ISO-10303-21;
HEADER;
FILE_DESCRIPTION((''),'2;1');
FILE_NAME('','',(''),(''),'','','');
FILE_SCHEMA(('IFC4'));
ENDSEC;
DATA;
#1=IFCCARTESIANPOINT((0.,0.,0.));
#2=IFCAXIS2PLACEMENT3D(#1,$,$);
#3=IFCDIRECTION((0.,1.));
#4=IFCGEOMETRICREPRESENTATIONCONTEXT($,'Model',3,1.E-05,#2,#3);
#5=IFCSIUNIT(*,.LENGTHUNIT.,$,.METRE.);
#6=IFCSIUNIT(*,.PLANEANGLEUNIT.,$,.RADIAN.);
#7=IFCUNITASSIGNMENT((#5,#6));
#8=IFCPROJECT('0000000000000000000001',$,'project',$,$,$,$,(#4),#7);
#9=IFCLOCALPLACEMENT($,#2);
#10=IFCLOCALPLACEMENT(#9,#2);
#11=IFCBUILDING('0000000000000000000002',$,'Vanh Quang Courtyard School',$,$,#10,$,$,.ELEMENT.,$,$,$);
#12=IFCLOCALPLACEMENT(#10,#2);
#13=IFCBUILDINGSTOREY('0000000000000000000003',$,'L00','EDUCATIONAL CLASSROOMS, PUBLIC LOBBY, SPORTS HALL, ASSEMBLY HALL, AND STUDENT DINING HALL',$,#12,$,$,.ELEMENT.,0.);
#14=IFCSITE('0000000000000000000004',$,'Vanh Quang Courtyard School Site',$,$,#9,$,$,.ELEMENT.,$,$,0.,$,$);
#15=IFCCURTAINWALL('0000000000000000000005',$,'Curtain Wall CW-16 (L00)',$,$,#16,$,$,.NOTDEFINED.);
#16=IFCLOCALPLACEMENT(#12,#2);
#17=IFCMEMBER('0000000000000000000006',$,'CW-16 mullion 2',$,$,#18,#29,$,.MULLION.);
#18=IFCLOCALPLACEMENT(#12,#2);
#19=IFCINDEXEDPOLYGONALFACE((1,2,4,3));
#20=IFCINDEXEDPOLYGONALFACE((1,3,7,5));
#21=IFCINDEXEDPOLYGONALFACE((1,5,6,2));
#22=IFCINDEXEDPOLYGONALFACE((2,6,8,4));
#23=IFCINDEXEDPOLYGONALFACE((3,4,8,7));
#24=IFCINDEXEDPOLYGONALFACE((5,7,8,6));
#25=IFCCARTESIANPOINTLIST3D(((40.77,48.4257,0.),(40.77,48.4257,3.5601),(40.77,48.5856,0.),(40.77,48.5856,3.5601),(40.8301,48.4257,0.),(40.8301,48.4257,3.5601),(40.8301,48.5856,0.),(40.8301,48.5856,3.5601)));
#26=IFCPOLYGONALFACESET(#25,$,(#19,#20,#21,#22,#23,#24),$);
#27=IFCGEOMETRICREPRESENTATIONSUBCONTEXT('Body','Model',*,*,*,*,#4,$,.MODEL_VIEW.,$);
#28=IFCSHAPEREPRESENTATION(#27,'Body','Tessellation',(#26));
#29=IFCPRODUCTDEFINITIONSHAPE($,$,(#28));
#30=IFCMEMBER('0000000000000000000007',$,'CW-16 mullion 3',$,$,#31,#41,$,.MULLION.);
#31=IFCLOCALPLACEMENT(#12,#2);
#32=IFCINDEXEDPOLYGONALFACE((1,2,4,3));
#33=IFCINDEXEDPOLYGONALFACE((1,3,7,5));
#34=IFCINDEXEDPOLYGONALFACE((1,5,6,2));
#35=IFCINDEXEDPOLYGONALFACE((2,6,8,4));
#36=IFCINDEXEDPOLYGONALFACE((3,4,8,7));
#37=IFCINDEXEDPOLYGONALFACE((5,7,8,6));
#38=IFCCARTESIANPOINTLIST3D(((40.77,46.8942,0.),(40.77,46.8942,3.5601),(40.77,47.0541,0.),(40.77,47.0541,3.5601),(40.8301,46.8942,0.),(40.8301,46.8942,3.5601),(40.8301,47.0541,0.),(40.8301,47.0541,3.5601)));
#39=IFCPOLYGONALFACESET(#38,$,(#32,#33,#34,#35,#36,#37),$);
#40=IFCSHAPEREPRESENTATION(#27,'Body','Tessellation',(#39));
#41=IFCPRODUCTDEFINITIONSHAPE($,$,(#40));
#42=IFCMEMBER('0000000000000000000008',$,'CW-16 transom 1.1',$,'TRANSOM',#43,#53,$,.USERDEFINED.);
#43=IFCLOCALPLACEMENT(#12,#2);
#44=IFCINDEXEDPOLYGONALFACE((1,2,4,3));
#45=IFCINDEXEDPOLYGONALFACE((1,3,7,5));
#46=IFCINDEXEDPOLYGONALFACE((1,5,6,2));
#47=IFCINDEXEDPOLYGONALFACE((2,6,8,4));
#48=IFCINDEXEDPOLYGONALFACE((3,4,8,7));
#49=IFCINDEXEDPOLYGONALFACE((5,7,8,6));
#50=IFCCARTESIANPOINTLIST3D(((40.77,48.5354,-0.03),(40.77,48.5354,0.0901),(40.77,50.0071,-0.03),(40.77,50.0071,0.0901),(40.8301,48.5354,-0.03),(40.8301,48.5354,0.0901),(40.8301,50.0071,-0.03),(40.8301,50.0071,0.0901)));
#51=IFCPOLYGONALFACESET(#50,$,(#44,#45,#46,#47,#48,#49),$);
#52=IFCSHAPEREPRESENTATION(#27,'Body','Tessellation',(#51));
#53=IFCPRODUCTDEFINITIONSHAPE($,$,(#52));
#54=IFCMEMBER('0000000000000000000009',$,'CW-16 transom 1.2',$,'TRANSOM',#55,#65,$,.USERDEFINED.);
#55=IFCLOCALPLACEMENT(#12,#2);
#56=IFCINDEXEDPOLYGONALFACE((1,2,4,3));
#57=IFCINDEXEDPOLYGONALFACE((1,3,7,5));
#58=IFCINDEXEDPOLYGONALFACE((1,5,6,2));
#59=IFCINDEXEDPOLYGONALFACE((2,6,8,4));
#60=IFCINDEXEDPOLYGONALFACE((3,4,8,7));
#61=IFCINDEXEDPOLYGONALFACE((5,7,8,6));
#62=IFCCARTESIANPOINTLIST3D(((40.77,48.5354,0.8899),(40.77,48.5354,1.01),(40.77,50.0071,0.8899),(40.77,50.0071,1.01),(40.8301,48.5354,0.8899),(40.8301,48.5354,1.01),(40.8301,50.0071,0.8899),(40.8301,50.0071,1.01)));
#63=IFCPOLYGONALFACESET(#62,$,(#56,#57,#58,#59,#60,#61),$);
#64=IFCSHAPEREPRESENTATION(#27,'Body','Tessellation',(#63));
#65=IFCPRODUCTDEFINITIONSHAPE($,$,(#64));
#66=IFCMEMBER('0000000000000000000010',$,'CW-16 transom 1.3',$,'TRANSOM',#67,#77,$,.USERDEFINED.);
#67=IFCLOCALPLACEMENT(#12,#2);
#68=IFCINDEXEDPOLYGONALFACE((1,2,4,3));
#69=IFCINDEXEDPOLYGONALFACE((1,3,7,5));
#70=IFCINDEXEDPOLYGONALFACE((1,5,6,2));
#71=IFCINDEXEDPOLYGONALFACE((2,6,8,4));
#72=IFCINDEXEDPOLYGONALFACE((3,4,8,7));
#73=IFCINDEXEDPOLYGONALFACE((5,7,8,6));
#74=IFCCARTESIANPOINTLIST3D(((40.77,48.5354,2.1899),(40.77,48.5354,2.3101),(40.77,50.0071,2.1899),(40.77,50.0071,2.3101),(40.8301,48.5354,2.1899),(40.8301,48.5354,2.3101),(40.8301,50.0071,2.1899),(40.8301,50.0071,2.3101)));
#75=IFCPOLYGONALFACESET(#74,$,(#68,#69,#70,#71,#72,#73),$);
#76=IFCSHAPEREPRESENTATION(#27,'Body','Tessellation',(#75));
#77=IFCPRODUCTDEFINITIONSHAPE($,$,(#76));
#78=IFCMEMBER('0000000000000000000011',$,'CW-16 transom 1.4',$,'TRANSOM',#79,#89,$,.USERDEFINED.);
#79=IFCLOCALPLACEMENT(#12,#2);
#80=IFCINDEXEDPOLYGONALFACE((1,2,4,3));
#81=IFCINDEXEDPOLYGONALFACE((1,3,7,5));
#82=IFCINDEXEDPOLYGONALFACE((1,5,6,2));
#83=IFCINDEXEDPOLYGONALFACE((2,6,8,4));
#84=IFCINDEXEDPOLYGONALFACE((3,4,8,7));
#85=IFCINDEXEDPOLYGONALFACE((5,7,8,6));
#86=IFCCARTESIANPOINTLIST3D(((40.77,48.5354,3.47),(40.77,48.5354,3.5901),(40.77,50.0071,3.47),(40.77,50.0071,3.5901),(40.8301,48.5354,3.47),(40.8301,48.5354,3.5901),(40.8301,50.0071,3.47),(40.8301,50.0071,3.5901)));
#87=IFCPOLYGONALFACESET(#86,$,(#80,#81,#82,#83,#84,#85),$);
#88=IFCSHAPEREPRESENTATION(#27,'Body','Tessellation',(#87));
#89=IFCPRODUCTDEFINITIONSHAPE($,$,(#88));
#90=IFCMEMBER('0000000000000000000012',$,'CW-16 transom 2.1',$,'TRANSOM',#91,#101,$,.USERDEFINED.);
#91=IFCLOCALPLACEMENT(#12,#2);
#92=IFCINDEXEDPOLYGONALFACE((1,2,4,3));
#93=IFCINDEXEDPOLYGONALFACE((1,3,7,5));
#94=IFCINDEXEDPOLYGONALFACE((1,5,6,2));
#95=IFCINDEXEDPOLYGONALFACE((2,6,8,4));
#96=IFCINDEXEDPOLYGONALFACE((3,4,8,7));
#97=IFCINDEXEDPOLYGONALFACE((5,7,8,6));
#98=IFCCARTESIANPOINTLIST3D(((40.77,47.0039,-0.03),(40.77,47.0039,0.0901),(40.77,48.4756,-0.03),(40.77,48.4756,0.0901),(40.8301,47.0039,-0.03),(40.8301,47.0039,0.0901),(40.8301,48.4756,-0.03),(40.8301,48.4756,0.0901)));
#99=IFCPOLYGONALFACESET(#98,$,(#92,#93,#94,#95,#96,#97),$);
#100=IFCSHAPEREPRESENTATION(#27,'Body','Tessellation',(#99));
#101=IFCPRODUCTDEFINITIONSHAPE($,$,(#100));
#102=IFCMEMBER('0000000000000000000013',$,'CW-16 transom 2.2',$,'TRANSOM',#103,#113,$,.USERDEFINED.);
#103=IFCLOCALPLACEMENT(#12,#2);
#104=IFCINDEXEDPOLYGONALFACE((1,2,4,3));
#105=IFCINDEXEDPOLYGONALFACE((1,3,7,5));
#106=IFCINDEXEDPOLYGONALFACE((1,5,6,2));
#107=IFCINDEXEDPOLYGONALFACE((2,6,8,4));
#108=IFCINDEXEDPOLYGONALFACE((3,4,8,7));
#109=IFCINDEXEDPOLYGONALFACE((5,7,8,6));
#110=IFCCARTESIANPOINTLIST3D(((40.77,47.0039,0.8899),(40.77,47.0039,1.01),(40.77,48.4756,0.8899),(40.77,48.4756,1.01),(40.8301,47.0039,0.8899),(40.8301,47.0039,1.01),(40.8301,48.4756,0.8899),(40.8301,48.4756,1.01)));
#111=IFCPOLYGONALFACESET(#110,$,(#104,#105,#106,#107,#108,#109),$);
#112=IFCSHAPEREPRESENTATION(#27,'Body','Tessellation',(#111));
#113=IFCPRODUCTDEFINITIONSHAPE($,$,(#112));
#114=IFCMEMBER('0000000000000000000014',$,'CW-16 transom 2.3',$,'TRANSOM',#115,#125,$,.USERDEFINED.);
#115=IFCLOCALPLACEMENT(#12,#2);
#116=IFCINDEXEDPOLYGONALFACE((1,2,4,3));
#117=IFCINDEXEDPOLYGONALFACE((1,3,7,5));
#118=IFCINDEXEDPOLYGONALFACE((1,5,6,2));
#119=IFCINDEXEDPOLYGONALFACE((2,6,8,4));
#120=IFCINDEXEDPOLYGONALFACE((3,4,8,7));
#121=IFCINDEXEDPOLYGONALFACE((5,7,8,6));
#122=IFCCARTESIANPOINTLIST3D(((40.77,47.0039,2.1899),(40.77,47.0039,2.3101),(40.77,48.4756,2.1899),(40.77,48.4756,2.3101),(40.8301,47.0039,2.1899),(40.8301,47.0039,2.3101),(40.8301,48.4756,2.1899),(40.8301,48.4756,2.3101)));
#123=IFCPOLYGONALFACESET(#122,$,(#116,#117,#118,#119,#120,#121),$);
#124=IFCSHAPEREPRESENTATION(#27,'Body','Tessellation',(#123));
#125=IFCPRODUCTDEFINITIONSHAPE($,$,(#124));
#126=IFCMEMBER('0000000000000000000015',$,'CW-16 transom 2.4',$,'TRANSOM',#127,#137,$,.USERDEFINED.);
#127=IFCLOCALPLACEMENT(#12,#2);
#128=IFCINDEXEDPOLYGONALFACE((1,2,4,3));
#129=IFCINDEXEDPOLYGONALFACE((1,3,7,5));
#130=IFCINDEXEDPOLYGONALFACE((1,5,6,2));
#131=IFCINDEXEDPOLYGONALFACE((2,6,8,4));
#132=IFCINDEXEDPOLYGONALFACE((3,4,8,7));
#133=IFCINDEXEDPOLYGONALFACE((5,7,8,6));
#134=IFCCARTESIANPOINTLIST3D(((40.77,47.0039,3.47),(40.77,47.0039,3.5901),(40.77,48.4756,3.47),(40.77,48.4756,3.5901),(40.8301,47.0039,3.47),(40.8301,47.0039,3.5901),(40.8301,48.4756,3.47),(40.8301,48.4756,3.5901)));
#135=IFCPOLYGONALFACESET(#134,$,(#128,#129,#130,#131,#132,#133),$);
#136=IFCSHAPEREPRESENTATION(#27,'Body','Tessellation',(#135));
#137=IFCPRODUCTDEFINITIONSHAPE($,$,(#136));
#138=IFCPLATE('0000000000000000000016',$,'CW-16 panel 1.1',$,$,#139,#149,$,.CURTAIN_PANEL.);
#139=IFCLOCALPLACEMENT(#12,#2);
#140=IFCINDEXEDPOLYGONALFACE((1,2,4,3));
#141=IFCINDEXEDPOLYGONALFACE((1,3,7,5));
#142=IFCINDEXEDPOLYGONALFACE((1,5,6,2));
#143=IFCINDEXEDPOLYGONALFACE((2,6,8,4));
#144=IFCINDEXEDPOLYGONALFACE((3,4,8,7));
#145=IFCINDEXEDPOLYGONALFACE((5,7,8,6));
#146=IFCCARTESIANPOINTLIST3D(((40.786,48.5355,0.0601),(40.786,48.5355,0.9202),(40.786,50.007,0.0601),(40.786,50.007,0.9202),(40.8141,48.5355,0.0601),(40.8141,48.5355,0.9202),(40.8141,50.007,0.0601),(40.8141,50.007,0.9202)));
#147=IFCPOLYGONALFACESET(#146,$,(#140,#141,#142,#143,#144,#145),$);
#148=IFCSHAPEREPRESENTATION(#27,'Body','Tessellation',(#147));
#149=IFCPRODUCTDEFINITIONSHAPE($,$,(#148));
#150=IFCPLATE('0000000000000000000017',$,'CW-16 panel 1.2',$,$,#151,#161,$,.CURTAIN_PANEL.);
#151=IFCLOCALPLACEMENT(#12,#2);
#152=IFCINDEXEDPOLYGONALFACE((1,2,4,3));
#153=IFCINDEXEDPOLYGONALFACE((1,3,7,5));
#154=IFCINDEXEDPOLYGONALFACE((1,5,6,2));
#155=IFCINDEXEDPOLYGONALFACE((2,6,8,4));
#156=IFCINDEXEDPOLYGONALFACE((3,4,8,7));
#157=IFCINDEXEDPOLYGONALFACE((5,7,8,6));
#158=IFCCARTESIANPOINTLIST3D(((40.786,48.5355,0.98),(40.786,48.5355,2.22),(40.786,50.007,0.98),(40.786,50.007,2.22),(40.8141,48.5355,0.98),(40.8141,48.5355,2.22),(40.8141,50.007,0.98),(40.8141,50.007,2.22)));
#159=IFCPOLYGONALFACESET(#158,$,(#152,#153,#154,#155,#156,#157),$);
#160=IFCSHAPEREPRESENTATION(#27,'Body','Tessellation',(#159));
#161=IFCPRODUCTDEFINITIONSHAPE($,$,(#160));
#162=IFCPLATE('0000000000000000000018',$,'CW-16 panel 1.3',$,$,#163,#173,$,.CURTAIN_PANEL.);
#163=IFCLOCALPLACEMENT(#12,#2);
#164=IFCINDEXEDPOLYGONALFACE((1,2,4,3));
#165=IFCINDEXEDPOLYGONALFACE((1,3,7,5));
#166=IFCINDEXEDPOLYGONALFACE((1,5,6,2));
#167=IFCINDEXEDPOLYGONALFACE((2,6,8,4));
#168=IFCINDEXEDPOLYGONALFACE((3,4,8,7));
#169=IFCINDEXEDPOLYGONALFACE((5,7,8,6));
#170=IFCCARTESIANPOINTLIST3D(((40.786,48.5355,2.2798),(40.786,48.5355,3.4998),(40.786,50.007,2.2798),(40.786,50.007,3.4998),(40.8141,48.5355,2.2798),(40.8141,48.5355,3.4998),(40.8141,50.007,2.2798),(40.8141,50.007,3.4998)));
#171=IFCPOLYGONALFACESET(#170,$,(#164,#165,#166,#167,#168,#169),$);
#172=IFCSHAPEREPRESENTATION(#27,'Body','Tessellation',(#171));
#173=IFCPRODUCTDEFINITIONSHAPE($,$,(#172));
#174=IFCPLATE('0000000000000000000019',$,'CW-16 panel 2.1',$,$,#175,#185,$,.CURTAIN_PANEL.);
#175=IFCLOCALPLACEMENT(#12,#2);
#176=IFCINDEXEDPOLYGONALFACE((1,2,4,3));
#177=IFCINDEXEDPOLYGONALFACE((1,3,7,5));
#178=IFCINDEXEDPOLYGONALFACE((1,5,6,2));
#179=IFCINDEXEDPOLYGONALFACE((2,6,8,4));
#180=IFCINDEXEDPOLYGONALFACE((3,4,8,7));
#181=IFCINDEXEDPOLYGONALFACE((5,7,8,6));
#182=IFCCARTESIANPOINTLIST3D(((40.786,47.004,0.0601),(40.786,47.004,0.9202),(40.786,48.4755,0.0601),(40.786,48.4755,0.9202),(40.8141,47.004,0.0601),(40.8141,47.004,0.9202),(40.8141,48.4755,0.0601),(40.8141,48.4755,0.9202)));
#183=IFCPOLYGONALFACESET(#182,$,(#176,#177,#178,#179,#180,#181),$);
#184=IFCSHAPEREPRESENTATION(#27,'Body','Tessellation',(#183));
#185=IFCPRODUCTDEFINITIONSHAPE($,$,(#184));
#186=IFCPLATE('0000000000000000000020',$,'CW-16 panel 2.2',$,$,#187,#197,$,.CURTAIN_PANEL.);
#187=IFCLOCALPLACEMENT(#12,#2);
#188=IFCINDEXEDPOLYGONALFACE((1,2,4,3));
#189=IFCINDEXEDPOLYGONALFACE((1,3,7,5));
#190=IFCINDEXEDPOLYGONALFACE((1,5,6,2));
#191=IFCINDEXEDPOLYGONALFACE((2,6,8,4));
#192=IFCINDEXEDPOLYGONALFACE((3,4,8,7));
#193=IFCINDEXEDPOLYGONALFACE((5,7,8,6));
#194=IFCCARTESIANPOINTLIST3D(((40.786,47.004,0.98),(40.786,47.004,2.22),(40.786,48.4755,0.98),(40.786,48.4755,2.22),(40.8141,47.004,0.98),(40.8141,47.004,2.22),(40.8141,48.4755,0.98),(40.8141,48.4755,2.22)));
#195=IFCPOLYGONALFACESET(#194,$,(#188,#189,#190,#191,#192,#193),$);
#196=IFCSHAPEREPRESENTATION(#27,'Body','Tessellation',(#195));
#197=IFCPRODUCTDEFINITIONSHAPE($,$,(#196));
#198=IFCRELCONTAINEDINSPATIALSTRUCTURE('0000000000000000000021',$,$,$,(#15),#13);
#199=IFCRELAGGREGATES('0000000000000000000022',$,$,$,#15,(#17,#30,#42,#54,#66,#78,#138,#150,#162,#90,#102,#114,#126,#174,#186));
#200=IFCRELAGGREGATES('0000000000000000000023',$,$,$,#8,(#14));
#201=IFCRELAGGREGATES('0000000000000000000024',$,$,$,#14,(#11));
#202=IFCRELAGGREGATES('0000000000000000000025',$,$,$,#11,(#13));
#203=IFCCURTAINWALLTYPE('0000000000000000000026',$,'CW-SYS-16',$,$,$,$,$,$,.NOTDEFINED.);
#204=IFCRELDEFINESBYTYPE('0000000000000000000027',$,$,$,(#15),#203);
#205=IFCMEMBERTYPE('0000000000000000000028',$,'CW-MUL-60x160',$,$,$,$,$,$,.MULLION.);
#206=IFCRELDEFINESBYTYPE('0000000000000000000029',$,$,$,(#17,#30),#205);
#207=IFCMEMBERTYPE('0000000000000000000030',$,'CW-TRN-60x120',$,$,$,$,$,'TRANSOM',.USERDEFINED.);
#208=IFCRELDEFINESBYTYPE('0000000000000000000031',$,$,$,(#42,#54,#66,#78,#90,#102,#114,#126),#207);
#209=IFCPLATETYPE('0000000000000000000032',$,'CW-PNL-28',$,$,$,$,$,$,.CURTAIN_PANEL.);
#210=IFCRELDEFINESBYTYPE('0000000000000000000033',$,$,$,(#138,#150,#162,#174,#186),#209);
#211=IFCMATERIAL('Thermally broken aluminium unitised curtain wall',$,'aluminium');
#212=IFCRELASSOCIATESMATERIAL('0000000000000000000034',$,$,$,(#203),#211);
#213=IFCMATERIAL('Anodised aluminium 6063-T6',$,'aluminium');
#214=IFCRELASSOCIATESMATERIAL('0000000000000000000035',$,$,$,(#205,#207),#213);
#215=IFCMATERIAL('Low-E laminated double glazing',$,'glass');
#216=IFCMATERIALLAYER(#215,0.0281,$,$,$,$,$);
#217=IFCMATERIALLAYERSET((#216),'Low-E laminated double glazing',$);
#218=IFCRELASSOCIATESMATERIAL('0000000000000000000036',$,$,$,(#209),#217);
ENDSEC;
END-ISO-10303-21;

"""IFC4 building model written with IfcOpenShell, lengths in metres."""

from ifc_helpers import new_model, si_unit, direction, frame, origin, origin_2d, place, context, subcontext, project, spatial, rectangle, extrude, material, layer, layer_set, material_profile, profile_set, type_object, element, aggregate, save


model = new_model("IFC4")

# Units and contexts
model_context = context("Model", 3, precision=1e-05, world=origin(), true_north=direction((0.0, 1.0)))
body_context = subcontext(model_context, "Body", "Model", "MODEL_VIEW")
ifc_project = project(units=[si_unit("LENGTHUNIT", "METRE"), si_unit("PLANEANGLEUNIT", "RADIAN")], contexts=[model_context])

# Site, building, storey
site_placement = place(None, origin())
site = spatial("IfcSite", under=ifc_project, at=site_placement, Name="Vanh Quang Courtyard School Site", CompositionType="ELEMENT", RefElevation=0.0)
building_placement = place(site_placement, origin())
building = spatial("IfcBuilding", under=site, at=building_placement, Name="Vanh Quang Courtyard School", CompositionType="ELEMENT")
storey_placement = place(building_placement, origin())
storey = spatial("IfcBuildingStorey", under=building, at=storey_placement, Name="L00", Description="EDUCATIONAL CLASSROOMS, PUBLIC LOBBY, SPORTS HALL, ASSEMBLY HALL, AND STUDENT DINING HALL", CompositionType="ELEMENT", Elevation=0.0)

# Curtain wall, members, plates
ifc_material_1 = material(Name="Thermally broken aluminium unitised curtain wall", Category="aluminium")
curtain_wall_type = type_object("IfcCurtainWallType", Name="CW-SYS-16", PredefinedType="NOTDEFINED", material=ifc_material_1)
curtain_wall_placement = place(storey_placement, origin())
curtain_wall = element("IfcCurtainWall", 1, at=curtain_wall_placement, inside=storey, type_object=curtain_wall_type, Name="Curtain Wall CW-16 (L00)", PredefinedType="NOTDEFINED")
ifc_material_2 = material(Name="Anodised aluminium 6063-T6", Category="aluminium")
ifc_material_profile_1 = material_profile(ifc_material_2, rectangle(XDim=0.0601, YDim=0.1599, at=origin_2d()), Name="ALU-MUL 60x160")
ifc_profile_set_1 = profile_set([ifc_material_profile_1], Name="Anodised aluminium 6063-T6")
member_type_1 = type_object("IfcMemberType", Name="CW-MUL-60x160", PredefinedType="MULLION", material=ifc_profile_set_1)
member_1_placement = place(storey_placement, frame((40.8, 48.5056, 0.0), z_axis=(0.0, 0.0, 1.0), x_axis=(1.0, 0.0, 0.0)))
member_1 = element("IfcMember", 2, at=member_1_placement, type_object=member_type_1, Name="CW-16 mullion 2", PredefinedType="MULLION", context=body_context, shape_type="SweptSolid", body=[
    extrude(rectangle(XDim=0.0601, YDim=0.1599, at=origin_2d()), origin(), (0.0, 0.0, 1.0), 3.5601),
])
member_2_placement = place(storey_placement, frame((40.8, 46.9741, 0.0), z_axis=(0.0, 0.0, 1.0), x_axis=(1.0, 0.0, 0.0)))
member_2 = element("IfcMember", 3, at=member_2_placement, type_object=member_type_1, Name="CW-16 mullion 3", PredefinedType="MULLION", context=body_context, shape_type="SweptSolid", body=[
    extrude(rectangle(XDim=0.0601, YDim=0.1599, at=origin_2d()), origin(), (0.0, 0.0, 1.0), 3.5601),
])
ifc_material_profile_2 = material_profile(ifc_material_2, rectangle(XDim=0.0601, YDim=0.1201, at=origin_2d()), Name="ALU-TRN 60x120")
ifc_profile_set_2 = profile_set([ifc_material_profile_2], Name="Anodised aluminium 6063-T6")
member_type_2 = type_object("IfcMemberType", Name="CW-TRN-60x120", ElementType="TRANSOM", PredefinedType="USERDEFINED", material=ifc_profile_set_2)
member_3_placement = place(storey_placement, frame((40.8, 50.0071, 0.03), z_axis=(0.0, -1.0, 0.0), x_axis=(1.0, 0.0, 0.0)))
member_3 = element("IfcMember", 4, at=member_3_placement, type_object=member_type_2, Name="CW-16 transom 1.1", ObjectType="TRANSOM", PredefinedType="USERDEFINED", context=body_context, shape_type="SweptSolid", body=[
    extrude(rectangle(XDim=0.0601, YDim=0.1201, at=origin_2d()), origin(), (0.0, 0.0, 1.0), 1.4717),
])
member_4_placement = place(storey_placement, frame((40.8, 50.0071, 0.95), z_axis=(0.0, -1.0, 0.0), x_axis=(1.0, 0.0, 0.0)))
member_4 = element("IfcMember", 5, at=member_4_placement, type_object=member_type_2, Name="CW-16 transom 1.2", ObjectType="TRANSOM", PredefinedType="USERDEFINED", context=body_context, shape_type="SweptSolid", body=[
    extrude(rectangle(XDim=0.0601, YDim=0.1201, at=origin_2d()), origin(), (0.0, 0.0, 1.0), 1.4717),
])
member_5_placement = place(storey_placement, frame((40.8, 50.0071, 2.25), z_axis=(0.0, -1.0, 0.0), x_axis=(1.0, 0.0, 0.0)))
member_5 = element("IfcMember", 6, at=member_5_placement, type_object=member_type_2, Name="CW-16 transom 1.3", ObjectType="TRANSOM", PredefinedType="USERDEFINED", context=body_context, shape_type="SweptSolid", body=[
    extrude(rectangle(XDim=0.0601, YDim=0.1201, at=origin_2d()), origin(), (0.0, 0.0, 1.0), 1.4717),
])
member_6_placement = place(storey_placement, frame((40.8, 50.0071, 3.53), z_axis=(0.0, -1.0, 0.0), x_axis=(1.0, 0.0, 0.0)))
member_6 = element("IfcMember", 7, at=member_6_placement, type_object=member_type_2, Name="CW-16 transom 1.4", ObjectType="TRANSOM", PredefinedType="USERDEFINED", context=body_context, shape_type="SweptSolid", body=[
    extrude(rectangle(XDim=0.0601, YDim=0.1201, at=origin_2d()), origin(), (0.0, 0.0, 1.0), 1.4717),
])
member_7_placement = place(storey_placement, frame((40.8, 48.4756, 0.03), z_axis=(0.0, -1.0, 0.0), x_axis=(1.0, 0.0, 0.0)))
member_7 = element("IfcMember", 8, at=member_7_placement, type_object=member_type_2, Name="CW-16 transom 2.1", ObjectType="TRANSOM", PredefinedType="USERDEFINED", context=body_context, shape_type="SweptSolid", body=[
    extrude(rectangle(XDim=0.0601, YDim=0.1201, at=origin_2d()), origin(), (0.0, 0.0, 1.0), 1.4717),
])
member_8_placement = place(storey_placement, frame((40.8, 48.4756, 0.95), z_axis=(0.0, -1.0, 0.0), x_axis=(1.0, 0.0, 0.0)))
member_8 = element("IfcMember", 9, at=member_8_placement, type_object=member_type_2, Name="CW-16 transom 2.2", ObjectType="TRANSOM", PredefinedType="USERDEFINED", context=body_context, shape_type="SweptSolid", body=[
    extrude(rectangle(XDim=0.0601, YDim=0.1201, at=origin_2d()), origin(), (0.0, 0.0, 1.0), 1.4717),
])
member_9_placement = place(storey_placement, frame((40.8, 48.4756, 2.25), z_axis=(0.0, -1.0, 0.0), x_axis=(1.0, 0.0, 0.0)))
member_9 = element("IfcMember", 10, at=member_9_placement, type_object=member_type_2, Name="CW-16 transom 2.3", ObjectType="TRANSOM", PredefinedType="USERDEFINED", context=body_context, shape_type="SweptSolid", body=[
    extrude(rectangle(XDim=0.0601, YDim=0.1201, at=origin_2d()), origin(), (0.0, 0.0, 1.0), 1.4717),
])
member_10_placement = place(storey_placement, frame((40.8, 48.4756, 3.53), z_axis=(0.0, -1.0, 0.0), x_axis=(1.0, 0.0, 0.0)))
member_10 = element("IfcMember", 11, at=member_10_placement, type_object=member_type_2, Name="CW-16 transom 2.4", ObjectType="TRANSOM", PredefinedType="USERDEFINED", context=body_context, shape_type="SweptSolid", body=[
    extrude(rectangle(XDim=0.0601, YDim=0.1201, at=origin_2d()), origin(), (0.0, 0.0, 1.0), 1.4717),
])
ifc_material_3 = material(Name="Low-E laminated double glazing", Category="glass")
ifc_layer_1 = layer(ifc_material_3, 0.0281)
ifc_layer_set_1 = layer_set([ifc_layer_1], Name="Low-E laminated double glazing")
plate_type = type_object("IfcPlateType", Name="CW-PNL-28", PredefinedType="CURTAIN_PANEL", material=ifc_layer_set_1)
plate_1_placement = place(storey_placement, frame((40.8, 49.2712, 0.0601), z_axis=(0.0, 0.0, 1.0), x_axis=(0.0, -1.0, 0.0)))
plate_1 = element("IfcPlate", 12, at=plate_1_placement, type_object=plate_type, Name="CW-16 panel 1.1", PredefinedType="CURTAIN_PANEL", context=body_context, shape_type="SweptSolid", body=[
    extrude(rectangle(XDim=1.4714, YDim=0.0281, at=origin_2d()), origin(), (0.0, 0.0, 1.0), 0.8601),
])
plate_2_placement = place(storey_placement, frame((40.8, 49.2712, 0.98), z_axis=(0.0, 0.0, 1.0), x_axis=(0.0, -1.0, 0.0)))
plate_2 = element("IfcPlate", 13, at=plate_2_placement, type_object=plate_type, Name="CW-16 panel 1.2", PredefinedType="CURTAIN_PANEL", context=body_context, shape_type="SweptSolid", body=[
    extrude(rectangle(XDim=1.4714, YDim=0.0281, at=origin_2d()), origin(), (0.0, 0.0, 1.0), 1.24),
])
plate_3_placement = place(storey_placement, frame((40.8, 49.2712, 2.2798), z_axis=(0.0, 0.0, 1.0), x_axis=(0.0, -1.0, 0.0)))
plate_3 = element("IfcPlate", 14, at=plate_3_placement, type_object=plate_type, Name="CW-16 panel 1.3", PredefinedType="CURTAIN_PANEL", context=body_context, shape_type="SweptSolid", body=[
    extrude(rectangle(XDim=1.4714, YDim=0.0281, at=origin_2d()), origin(), (0.0, 0.0, 1.0), 1.22),
])
plate_4_placement = place(storey_placement, frame((40.8, 47.7397, 0.0601), z_axis=(0.0, 0.0, 1.0), x_axis=(0.0, -1.0, 0.0)))
plate_4 = element("IfcPlate", 15, at=plate_4_placement, type_object=plate_type, Name="CW-16 panel 2.1", PredefinedType="CURTAIN_PANEL", context=body_context, shape_type="SweptSolid", body=[
    extrude(rectangle(XDim=1.4714, YDim=0.0281, at=origin_2d()), origin(), (0.0, 0.0, 1.0), 0.8601),
])
plate_5_placement = place(storey_placement, frame((40.8, 47.7397, 0.98), z_axis=(0.0, 0.0, 1.0), x_axis=(0.0, -1.0, 0.0)))
plate_5 = element("IfcPlate", 16, at=plate_5_placement, type_object=plate_type, Name="CW-16 panel 2.2", PredefinedType="CURTAIN_PANEL", context=body_context, shape_type="SweptSolid", body=[
    extrude(rectangle(XDim=1.4714, YDim=0.0281, at=origin_2d()), origin(), (0.0, 0.0, 1.0), 1.24),
])
aggregate(curtain_wall, [member_1, member_2, member_3, member_4, member_5, member_6, plate_1, plate_2, plate_3, member_7, member_8, member_9, member_10, plate_4, plate_5])

save(model, "model.ifc")
